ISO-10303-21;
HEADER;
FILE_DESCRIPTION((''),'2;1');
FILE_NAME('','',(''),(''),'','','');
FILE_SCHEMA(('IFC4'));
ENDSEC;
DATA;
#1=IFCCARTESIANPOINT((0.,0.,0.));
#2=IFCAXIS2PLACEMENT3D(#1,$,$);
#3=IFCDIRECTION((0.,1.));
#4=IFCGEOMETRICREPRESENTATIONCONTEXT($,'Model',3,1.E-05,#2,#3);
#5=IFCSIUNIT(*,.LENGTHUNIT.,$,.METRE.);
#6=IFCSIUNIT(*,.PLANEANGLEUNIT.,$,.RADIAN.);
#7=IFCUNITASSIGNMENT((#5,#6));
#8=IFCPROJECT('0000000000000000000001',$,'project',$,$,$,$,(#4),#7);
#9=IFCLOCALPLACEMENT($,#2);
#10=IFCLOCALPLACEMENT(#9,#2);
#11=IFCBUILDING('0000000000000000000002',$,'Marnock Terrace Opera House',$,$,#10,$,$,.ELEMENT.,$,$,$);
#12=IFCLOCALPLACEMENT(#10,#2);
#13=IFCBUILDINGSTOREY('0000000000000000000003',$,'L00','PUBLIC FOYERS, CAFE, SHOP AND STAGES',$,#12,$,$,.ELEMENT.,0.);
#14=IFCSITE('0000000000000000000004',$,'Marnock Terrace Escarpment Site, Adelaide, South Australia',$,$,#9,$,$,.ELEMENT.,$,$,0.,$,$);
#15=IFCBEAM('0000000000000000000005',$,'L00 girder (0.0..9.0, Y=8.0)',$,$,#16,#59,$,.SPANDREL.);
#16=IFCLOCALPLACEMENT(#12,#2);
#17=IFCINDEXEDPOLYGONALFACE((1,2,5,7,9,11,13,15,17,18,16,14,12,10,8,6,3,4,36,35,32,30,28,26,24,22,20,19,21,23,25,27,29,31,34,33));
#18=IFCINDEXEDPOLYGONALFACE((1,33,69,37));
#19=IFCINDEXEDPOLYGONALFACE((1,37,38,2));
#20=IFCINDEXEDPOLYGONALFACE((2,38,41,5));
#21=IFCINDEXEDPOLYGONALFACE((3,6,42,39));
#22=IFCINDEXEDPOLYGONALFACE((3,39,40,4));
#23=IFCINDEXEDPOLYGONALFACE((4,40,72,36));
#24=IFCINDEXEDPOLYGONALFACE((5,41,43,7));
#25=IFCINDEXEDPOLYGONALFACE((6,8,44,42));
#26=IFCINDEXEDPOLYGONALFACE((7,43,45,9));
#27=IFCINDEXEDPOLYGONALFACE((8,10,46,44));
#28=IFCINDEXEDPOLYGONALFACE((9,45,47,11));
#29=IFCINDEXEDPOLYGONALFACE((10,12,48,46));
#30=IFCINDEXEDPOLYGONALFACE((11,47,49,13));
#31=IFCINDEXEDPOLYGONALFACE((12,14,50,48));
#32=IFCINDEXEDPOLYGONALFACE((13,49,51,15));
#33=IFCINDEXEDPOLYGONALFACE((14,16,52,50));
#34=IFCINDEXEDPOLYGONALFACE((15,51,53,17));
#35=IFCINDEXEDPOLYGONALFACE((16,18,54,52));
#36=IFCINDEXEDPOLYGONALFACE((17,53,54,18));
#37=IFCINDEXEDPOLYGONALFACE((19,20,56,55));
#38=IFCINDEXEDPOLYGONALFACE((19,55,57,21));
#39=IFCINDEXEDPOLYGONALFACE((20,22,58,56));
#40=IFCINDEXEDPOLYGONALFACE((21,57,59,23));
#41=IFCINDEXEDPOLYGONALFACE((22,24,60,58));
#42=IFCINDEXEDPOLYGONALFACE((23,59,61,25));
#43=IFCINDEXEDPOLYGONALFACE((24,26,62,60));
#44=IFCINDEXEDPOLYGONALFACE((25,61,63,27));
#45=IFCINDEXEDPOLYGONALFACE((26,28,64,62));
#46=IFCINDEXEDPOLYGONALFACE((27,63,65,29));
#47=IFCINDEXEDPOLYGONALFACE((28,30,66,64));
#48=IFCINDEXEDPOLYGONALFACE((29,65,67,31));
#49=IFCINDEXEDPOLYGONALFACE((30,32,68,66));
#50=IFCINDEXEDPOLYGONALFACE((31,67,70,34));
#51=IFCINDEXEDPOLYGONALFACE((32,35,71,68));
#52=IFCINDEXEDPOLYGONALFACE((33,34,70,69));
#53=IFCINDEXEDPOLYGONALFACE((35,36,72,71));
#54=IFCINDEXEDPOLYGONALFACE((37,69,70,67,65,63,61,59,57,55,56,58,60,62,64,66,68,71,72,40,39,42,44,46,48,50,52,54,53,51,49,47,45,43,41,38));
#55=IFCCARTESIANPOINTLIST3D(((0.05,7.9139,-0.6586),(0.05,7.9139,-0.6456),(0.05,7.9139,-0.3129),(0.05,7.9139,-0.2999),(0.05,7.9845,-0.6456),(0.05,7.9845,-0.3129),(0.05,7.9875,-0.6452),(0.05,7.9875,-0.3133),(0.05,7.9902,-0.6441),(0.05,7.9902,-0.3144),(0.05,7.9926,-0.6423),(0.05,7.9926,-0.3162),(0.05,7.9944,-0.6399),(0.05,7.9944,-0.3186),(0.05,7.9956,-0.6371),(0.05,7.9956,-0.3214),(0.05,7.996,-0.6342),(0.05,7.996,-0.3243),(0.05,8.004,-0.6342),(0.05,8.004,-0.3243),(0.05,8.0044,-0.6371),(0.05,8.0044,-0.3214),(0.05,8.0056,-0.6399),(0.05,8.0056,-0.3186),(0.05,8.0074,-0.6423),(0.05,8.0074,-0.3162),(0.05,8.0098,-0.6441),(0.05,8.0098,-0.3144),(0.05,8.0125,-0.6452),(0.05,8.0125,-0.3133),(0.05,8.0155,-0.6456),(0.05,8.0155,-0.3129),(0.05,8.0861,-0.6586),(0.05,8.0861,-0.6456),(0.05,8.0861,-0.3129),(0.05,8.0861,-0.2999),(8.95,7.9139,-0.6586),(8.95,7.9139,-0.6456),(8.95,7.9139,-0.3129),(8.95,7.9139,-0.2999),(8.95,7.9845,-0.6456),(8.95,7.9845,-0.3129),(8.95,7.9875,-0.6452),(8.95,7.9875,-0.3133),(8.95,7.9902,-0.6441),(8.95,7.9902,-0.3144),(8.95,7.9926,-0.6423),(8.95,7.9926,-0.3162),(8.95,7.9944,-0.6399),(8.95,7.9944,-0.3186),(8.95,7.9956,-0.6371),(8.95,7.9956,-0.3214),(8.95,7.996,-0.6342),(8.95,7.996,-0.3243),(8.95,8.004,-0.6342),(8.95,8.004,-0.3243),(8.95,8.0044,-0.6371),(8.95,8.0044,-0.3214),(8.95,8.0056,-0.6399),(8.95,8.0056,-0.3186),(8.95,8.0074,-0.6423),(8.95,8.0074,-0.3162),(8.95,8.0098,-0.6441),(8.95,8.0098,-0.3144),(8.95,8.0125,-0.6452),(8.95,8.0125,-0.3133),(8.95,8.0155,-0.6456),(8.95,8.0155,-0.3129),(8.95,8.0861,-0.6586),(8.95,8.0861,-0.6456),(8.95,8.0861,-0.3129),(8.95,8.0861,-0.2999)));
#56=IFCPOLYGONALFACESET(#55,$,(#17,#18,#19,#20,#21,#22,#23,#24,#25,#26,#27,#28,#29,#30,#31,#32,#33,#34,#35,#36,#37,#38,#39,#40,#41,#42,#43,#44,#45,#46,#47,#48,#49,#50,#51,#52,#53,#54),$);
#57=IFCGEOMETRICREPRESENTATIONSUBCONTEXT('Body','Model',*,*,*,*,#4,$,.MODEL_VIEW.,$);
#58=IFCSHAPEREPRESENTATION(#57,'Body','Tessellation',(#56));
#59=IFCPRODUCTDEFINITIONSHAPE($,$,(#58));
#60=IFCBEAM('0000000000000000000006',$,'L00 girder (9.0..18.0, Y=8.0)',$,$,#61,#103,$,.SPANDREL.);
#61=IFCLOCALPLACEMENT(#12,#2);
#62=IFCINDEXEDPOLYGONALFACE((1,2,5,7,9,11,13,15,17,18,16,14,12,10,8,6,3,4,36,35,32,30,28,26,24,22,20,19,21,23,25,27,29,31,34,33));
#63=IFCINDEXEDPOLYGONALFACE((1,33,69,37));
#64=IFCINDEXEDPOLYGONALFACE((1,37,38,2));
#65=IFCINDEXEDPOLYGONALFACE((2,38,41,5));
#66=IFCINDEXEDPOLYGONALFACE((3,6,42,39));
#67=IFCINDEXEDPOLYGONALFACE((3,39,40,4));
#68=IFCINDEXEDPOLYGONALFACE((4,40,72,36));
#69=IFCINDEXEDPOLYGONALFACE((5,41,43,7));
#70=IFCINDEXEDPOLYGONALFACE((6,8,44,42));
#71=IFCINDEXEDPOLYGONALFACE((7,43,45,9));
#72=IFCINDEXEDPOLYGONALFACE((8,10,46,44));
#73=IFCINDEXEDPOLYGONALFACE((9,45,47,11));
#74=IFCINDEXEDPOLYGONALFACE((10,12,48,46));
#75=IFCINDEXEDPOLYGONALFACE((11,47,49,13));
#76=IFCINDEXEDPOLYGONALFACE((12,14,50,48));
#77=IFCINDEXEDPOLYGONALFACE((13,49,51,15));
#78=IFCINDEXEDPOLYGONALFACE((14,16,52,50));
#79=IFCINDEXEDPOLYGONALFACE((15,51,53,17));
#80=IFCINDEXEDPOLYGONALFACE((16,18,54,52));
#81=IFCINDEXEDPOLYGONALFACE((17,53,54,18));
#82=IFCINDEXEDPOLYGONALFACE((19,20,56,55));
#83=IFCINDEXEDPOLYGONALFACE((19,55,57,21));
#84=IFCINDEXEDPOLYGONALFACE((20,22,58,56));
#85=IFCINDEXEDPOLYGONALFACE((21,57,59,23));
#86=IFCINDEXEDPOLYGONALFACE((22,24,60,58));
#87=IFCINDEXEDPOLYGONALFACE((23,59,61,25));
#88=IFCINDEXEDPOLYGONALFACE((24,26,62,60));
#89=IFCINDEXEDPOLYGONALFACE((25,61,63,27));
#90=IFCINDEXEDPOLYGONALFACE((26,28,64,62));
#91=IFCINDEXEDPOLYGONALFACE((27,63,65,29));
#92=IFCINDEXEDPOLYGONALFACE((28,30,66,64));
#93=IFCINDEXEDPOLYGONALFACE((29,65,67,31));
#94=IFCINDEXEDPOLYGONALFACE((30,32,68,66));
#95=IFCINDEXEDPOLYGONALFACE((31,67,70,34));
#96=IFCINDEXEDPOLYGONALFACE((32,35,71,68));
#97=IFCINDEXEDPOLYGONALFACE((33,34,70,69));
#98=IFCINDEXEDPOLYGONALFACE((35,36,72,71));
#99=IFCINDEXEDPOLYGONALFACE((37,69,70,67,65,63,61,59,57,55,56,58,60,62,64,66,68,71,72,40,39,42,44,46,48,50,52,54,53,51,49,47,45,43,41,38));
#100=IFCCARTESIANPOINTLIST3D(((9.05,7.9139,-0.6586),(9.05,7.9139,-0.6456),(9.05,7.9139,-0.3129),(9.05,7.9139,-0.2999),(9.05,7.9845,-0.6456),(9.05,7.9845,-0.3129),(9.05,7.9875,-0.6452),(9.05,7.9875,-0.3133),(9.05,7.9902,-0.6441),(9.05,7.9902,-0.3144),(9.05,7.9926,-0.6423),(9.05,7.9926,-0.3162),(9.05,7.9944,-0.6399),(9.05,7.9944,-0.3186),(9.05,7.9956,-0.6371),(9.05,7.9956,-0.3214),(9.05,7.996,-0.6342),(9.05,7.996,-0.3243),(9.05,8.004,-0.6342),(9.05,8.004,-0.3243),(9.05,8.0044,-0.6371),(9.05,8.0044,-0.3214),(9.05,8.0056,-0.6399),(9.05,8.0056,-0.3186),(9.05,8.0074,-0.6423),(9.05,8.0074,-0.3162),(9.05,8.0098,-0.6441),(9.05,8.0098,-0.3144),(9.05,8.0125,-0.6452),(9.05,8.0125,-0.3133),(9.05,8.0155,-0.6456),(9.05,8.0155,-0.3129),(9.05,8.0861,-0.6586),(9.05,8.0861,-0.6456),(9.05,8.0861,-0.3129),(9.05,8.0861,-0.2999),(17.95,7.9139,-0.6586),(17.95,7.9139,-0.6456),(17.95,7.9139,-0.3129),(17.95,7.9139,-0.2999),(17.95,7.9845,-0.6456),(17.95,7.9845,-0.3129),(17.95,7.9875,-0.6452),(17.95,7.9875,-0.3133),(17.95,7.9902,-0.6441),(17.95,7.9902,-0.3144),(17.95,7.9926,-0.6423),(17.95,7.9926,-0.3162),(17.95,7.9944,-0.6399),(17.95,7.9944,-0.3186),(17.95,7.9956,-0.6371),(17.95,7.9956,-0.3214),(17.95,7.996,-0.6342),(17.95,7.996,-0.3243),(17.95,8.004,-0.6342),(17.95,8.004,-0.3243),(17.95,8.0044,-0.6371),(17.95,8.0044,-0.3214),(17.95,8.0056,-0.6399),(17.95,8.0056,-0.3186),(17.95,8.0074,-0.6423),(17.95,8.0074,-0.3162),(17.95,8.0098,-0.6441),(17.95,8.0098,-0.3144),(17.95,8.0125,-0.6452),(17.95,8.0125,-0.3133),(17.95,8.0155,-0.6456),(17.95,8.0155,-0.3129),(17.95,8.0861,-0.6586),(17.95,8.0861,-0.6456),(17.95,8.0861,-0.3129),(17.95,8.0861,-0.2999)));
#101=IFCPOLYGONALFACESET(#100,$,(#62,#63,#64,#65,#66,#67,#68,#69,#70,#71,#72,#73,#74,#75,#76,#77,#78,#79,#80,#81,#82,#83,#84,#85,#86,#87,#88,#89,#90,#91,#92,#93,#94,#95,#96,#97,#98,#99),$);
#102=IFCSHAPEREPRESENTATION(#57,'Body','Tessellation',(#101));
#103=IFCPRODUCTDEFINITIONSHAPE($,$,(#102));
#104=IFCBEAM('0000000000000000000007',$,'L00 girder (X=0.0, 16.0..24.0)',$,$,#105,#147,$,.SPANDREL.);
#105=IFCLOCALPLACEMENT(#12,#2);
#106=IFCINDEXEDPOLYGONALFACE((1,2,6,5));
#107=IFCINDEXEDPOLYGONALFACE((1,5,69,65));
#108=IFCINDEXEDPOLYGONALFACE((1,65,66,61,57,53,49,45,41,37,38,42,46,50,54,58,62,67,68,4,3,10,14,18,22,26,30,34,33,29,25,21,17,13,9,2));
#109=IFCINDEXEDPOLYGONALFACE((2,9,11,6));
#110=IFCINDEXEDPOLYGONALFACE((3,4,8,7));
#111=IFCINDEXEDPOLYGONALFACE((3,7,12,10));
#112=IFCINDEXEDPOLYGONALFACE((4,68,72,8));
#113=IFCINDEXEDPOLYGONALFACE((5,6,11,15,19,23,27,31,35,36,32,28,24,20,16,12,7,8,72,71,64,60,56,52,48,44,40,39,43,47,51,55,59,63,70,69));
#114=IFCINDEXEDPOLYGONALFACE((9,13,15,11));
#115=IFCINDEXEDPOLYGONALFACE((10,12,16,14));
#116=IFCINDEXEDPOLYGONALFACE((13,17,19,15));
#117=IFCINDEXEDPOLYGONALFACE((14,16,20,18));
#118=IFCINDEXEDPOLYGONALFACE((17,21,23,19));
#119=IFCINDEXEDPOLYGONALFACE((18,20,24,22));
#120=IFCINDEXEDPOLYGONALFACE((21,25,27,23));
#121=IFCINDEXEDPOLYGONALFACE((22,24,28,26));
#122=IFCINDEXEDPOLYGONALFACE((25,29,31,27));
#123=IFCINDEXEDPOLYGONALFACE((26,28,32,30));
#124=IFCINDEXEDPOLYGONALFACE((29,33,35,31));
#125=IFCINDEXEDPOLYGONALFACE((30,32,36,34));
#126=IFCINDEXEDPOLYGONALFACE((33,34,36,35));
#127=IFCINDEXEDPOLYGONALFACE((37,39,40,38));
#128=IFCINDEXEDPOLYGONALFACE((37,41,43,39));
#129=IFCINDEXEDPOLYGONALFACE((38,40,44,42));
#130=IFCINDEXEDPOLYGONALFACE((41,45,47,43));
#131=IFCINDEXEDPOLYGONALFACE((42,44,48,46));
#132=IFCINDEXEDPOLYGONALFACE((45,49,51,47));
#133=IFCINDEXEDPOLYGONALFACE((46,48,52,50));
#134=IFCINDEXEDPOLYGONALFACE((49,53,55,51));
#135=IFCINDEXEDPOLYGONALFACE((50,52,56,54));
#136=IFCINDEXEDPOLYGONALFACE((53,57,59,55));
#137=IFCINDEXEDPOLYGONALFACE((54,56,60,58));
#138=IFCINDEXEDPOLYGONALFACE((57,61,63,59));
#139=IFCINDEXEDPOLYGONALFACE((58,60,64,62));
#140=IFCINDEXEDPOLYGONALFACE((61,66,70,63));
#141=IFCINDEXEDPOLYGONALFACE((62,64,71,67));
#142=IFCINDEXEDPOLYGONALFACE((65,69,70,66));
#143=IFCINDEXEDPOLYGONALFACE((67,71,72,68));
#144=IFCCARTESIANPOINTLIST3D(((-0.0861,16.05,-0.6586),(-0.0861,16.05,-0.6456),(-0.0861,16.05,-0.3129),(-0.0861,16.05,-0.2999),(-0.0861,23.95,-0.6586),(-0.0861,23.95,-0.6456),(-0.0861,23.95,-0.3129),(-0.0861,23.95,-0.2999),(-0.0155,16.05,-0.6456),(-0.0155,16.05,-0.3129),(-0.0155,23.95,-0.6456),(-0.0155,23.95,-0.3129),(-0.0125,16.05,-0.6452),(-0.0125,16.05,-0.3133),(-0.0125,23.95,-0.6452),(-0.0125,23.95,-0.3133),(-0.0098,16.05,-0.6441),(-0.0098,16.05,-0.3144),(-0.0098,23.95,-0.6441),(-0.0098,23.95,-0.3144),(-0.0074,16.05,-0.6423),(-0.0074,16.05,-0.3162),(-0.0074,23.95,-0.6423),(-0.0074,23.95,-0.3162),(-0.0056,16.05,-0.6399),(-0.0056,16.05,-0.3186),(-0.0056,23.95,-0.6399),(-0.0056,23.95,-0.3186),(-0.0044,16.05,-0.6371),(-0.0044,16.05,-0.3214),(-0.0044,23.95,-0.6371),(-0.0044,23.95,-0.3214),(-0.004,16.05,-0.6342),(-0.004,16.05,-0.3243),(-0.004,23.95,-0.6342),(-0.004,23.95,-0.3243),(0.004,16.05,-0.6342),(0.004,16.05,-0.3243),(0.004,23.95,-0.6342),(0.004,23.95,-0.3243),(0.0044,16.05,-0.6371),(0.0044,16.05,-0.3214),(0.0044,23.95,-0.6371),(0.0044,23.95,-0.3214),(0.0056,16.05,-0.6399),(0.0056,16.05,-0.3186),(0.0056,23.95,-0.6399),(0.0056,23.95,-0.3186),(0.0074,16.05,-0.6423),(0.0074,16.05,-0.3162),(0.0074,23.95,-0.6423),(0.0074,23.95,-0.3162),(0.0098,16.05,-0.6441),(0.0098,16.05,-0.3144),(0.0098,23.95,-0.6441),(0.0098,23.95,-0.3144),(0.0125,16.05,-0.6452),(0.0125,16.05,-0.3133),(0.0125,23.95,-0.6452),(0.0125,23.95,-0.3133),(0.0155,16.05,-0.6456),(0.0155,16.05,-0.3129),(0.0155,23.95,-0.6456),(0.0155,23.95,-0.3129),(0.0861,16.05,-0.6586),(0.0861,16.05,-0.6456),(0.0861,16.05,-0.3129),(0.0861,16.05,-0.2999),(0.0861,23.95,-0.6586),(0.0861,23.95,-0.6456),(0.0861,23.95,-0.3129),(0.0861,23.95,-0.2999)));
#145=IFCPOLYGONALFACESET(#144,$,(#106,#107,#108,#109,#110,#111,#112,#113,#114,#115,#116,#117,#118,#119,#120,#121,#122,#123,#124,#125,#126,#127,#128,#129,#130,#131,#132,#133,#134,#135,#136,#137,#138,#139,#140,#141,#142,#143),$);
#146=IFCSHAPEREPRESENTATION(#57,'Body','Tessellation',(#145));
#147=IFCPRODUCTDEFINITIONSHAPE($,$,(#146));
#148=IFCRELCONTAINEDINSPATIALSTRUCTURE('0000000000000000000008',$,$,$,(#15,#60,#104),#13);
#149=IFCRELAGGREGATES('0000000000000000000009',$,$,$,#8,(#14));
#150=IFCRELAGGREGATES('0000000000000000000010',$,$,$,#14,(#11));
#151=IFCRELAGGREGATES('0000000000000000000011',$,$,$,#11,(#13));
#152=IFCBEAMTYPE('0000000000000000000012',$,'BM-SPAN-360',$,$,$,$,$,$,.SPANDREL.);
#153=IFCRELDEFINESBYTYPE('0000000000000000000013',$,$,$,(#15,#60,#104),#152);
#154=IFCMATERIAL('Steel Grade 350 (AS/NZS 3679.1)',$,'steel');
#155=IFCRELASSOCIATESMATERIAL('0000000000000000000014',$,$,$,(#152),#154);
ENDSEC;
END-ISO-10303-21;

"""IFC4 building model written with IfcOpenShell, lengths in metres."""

from ifc_helpers import new_model, si_unit, direction, frame, origin, origin_2d, place, context, subcontext, project, spatial, i_section, extrude, material, material_profile, profile_set, type_object, element, save


model = new_model("IFC4")

# Units and contexts
model_context = context("Model", 3, precision=1e-05, world=origin(), true_north=direction((0.0, 1.0)))
body_context = subcontext(model_context, "Body", "Model", "MODEL_VIEW")
ifc_project = project(units=[si_unit("LENGTHUNIT", "METRE"), si_unit("PLANEANGLEUNIT", "RADIAN")], contexts=[model_context])

# Site, building, storey
site_placement = place(None, origin())
site = spatial("IfcSite", under=ifc_project, at=site_placement, Name="Marnock Terrace Escarpment Site, Adelaide, South Australia", CompositionType="ELEMENT", RefElevation=0.0)
building_placement = place(site_placement, origin())
building = spatial("IfcBuilding", under=site, at=building_placement, Name="Marnock Terrace Opera House", CompositionType="ELEMENT")
storey_placement = place(building_placement, origin())
storey = spatial("IfcBuildingStorey", under=building, at=storey_placement, Name="L00", Description="PUBLIC FOYERS, CAFE, SHOP AND STAGES", CompositionType="ELEMENT", Elevation=0.0)

# Shared definitions
ifc_material_1 = material(Name="Steel Grade 350 (AS/NZS 3679.1)", Category="steel")

# Beams
ifc_material_profile_1 = material_profile(ifc_material_1, i_section(OverallWidth=0.1721, OverallDepth=0.3586, WebThickness=0.0081, FlangeThickness=0.0129, FilletRadius=0.0115, at=origin_2d()))
ifc_profile_set_1 = profile_set([ifc_material_profile_1], Name="Steel Grade 350 (AS/NZS 3679.1)")
beam_type_1 = type_object("IfcBeamType", Name="BM-SPAN-360", PredefinedType="SPANDREL", material=ifc_profile_set_1)
for number, where, z_axis, x_axis, name in (
    (1, (0.05, 8.0, -0.4792), (1.0, 0.0, 0.0), (0.0, 1.0, 0.0), "L00 girder (0.0..9.0, Y=8.0)"),
    (2, (9.05, 8.0, -0.4792), (1.0, 0.0, 0.0), (0.0, 1.0, 0.0), "L00 girder (9.0..18.0, Y=8.0)"),
):
    element("IfcBeam", number, at=place(storey_placement, frame(where, z_axis=z_axis, x_axis=x_axis)), inside=storey, type_object=beam_type_1, Name=name, PredefinedType="SPANDREL", context=body_context, shape_type="SweptSolid", body=[
        extrude(i_section(OverallWidth=0.1721, OverallDepth=0.3586, WebThickness=0.0081, FlangeThickness=0.0129, FilletRadius=0.0115, at=origin_2d()), origin(), (0.0, 0.0, 1.0), 8.8999),
    ])
beam_1_placement = place(storey_placement, frame((0.0, 16.05, -0.4792), z_axis=(0.0, 1.0, 0.0), x_axis=(-1.0, 0.0, 0.0)))
element("IfcBeam", 3, at=beam_1_placement, inside=storey, type_object=beam_type_1, Name="L00 girder (X=0.0, 16.0..24.0)", PredefinedType="SPANDREL", context=body_context, shape_type="SweptSolid", body=[
    extrude(i_section(OverallWidth=0.1721, OverallDepth=0.3586, WebThickness=0.0081, FlangeThickness=0.0129, FilletRadius=0.0115, at=origin_2d()), origin(), (0.0, 0.0, 1.0), 7.8999),
])

save(model, "model.ifc")
